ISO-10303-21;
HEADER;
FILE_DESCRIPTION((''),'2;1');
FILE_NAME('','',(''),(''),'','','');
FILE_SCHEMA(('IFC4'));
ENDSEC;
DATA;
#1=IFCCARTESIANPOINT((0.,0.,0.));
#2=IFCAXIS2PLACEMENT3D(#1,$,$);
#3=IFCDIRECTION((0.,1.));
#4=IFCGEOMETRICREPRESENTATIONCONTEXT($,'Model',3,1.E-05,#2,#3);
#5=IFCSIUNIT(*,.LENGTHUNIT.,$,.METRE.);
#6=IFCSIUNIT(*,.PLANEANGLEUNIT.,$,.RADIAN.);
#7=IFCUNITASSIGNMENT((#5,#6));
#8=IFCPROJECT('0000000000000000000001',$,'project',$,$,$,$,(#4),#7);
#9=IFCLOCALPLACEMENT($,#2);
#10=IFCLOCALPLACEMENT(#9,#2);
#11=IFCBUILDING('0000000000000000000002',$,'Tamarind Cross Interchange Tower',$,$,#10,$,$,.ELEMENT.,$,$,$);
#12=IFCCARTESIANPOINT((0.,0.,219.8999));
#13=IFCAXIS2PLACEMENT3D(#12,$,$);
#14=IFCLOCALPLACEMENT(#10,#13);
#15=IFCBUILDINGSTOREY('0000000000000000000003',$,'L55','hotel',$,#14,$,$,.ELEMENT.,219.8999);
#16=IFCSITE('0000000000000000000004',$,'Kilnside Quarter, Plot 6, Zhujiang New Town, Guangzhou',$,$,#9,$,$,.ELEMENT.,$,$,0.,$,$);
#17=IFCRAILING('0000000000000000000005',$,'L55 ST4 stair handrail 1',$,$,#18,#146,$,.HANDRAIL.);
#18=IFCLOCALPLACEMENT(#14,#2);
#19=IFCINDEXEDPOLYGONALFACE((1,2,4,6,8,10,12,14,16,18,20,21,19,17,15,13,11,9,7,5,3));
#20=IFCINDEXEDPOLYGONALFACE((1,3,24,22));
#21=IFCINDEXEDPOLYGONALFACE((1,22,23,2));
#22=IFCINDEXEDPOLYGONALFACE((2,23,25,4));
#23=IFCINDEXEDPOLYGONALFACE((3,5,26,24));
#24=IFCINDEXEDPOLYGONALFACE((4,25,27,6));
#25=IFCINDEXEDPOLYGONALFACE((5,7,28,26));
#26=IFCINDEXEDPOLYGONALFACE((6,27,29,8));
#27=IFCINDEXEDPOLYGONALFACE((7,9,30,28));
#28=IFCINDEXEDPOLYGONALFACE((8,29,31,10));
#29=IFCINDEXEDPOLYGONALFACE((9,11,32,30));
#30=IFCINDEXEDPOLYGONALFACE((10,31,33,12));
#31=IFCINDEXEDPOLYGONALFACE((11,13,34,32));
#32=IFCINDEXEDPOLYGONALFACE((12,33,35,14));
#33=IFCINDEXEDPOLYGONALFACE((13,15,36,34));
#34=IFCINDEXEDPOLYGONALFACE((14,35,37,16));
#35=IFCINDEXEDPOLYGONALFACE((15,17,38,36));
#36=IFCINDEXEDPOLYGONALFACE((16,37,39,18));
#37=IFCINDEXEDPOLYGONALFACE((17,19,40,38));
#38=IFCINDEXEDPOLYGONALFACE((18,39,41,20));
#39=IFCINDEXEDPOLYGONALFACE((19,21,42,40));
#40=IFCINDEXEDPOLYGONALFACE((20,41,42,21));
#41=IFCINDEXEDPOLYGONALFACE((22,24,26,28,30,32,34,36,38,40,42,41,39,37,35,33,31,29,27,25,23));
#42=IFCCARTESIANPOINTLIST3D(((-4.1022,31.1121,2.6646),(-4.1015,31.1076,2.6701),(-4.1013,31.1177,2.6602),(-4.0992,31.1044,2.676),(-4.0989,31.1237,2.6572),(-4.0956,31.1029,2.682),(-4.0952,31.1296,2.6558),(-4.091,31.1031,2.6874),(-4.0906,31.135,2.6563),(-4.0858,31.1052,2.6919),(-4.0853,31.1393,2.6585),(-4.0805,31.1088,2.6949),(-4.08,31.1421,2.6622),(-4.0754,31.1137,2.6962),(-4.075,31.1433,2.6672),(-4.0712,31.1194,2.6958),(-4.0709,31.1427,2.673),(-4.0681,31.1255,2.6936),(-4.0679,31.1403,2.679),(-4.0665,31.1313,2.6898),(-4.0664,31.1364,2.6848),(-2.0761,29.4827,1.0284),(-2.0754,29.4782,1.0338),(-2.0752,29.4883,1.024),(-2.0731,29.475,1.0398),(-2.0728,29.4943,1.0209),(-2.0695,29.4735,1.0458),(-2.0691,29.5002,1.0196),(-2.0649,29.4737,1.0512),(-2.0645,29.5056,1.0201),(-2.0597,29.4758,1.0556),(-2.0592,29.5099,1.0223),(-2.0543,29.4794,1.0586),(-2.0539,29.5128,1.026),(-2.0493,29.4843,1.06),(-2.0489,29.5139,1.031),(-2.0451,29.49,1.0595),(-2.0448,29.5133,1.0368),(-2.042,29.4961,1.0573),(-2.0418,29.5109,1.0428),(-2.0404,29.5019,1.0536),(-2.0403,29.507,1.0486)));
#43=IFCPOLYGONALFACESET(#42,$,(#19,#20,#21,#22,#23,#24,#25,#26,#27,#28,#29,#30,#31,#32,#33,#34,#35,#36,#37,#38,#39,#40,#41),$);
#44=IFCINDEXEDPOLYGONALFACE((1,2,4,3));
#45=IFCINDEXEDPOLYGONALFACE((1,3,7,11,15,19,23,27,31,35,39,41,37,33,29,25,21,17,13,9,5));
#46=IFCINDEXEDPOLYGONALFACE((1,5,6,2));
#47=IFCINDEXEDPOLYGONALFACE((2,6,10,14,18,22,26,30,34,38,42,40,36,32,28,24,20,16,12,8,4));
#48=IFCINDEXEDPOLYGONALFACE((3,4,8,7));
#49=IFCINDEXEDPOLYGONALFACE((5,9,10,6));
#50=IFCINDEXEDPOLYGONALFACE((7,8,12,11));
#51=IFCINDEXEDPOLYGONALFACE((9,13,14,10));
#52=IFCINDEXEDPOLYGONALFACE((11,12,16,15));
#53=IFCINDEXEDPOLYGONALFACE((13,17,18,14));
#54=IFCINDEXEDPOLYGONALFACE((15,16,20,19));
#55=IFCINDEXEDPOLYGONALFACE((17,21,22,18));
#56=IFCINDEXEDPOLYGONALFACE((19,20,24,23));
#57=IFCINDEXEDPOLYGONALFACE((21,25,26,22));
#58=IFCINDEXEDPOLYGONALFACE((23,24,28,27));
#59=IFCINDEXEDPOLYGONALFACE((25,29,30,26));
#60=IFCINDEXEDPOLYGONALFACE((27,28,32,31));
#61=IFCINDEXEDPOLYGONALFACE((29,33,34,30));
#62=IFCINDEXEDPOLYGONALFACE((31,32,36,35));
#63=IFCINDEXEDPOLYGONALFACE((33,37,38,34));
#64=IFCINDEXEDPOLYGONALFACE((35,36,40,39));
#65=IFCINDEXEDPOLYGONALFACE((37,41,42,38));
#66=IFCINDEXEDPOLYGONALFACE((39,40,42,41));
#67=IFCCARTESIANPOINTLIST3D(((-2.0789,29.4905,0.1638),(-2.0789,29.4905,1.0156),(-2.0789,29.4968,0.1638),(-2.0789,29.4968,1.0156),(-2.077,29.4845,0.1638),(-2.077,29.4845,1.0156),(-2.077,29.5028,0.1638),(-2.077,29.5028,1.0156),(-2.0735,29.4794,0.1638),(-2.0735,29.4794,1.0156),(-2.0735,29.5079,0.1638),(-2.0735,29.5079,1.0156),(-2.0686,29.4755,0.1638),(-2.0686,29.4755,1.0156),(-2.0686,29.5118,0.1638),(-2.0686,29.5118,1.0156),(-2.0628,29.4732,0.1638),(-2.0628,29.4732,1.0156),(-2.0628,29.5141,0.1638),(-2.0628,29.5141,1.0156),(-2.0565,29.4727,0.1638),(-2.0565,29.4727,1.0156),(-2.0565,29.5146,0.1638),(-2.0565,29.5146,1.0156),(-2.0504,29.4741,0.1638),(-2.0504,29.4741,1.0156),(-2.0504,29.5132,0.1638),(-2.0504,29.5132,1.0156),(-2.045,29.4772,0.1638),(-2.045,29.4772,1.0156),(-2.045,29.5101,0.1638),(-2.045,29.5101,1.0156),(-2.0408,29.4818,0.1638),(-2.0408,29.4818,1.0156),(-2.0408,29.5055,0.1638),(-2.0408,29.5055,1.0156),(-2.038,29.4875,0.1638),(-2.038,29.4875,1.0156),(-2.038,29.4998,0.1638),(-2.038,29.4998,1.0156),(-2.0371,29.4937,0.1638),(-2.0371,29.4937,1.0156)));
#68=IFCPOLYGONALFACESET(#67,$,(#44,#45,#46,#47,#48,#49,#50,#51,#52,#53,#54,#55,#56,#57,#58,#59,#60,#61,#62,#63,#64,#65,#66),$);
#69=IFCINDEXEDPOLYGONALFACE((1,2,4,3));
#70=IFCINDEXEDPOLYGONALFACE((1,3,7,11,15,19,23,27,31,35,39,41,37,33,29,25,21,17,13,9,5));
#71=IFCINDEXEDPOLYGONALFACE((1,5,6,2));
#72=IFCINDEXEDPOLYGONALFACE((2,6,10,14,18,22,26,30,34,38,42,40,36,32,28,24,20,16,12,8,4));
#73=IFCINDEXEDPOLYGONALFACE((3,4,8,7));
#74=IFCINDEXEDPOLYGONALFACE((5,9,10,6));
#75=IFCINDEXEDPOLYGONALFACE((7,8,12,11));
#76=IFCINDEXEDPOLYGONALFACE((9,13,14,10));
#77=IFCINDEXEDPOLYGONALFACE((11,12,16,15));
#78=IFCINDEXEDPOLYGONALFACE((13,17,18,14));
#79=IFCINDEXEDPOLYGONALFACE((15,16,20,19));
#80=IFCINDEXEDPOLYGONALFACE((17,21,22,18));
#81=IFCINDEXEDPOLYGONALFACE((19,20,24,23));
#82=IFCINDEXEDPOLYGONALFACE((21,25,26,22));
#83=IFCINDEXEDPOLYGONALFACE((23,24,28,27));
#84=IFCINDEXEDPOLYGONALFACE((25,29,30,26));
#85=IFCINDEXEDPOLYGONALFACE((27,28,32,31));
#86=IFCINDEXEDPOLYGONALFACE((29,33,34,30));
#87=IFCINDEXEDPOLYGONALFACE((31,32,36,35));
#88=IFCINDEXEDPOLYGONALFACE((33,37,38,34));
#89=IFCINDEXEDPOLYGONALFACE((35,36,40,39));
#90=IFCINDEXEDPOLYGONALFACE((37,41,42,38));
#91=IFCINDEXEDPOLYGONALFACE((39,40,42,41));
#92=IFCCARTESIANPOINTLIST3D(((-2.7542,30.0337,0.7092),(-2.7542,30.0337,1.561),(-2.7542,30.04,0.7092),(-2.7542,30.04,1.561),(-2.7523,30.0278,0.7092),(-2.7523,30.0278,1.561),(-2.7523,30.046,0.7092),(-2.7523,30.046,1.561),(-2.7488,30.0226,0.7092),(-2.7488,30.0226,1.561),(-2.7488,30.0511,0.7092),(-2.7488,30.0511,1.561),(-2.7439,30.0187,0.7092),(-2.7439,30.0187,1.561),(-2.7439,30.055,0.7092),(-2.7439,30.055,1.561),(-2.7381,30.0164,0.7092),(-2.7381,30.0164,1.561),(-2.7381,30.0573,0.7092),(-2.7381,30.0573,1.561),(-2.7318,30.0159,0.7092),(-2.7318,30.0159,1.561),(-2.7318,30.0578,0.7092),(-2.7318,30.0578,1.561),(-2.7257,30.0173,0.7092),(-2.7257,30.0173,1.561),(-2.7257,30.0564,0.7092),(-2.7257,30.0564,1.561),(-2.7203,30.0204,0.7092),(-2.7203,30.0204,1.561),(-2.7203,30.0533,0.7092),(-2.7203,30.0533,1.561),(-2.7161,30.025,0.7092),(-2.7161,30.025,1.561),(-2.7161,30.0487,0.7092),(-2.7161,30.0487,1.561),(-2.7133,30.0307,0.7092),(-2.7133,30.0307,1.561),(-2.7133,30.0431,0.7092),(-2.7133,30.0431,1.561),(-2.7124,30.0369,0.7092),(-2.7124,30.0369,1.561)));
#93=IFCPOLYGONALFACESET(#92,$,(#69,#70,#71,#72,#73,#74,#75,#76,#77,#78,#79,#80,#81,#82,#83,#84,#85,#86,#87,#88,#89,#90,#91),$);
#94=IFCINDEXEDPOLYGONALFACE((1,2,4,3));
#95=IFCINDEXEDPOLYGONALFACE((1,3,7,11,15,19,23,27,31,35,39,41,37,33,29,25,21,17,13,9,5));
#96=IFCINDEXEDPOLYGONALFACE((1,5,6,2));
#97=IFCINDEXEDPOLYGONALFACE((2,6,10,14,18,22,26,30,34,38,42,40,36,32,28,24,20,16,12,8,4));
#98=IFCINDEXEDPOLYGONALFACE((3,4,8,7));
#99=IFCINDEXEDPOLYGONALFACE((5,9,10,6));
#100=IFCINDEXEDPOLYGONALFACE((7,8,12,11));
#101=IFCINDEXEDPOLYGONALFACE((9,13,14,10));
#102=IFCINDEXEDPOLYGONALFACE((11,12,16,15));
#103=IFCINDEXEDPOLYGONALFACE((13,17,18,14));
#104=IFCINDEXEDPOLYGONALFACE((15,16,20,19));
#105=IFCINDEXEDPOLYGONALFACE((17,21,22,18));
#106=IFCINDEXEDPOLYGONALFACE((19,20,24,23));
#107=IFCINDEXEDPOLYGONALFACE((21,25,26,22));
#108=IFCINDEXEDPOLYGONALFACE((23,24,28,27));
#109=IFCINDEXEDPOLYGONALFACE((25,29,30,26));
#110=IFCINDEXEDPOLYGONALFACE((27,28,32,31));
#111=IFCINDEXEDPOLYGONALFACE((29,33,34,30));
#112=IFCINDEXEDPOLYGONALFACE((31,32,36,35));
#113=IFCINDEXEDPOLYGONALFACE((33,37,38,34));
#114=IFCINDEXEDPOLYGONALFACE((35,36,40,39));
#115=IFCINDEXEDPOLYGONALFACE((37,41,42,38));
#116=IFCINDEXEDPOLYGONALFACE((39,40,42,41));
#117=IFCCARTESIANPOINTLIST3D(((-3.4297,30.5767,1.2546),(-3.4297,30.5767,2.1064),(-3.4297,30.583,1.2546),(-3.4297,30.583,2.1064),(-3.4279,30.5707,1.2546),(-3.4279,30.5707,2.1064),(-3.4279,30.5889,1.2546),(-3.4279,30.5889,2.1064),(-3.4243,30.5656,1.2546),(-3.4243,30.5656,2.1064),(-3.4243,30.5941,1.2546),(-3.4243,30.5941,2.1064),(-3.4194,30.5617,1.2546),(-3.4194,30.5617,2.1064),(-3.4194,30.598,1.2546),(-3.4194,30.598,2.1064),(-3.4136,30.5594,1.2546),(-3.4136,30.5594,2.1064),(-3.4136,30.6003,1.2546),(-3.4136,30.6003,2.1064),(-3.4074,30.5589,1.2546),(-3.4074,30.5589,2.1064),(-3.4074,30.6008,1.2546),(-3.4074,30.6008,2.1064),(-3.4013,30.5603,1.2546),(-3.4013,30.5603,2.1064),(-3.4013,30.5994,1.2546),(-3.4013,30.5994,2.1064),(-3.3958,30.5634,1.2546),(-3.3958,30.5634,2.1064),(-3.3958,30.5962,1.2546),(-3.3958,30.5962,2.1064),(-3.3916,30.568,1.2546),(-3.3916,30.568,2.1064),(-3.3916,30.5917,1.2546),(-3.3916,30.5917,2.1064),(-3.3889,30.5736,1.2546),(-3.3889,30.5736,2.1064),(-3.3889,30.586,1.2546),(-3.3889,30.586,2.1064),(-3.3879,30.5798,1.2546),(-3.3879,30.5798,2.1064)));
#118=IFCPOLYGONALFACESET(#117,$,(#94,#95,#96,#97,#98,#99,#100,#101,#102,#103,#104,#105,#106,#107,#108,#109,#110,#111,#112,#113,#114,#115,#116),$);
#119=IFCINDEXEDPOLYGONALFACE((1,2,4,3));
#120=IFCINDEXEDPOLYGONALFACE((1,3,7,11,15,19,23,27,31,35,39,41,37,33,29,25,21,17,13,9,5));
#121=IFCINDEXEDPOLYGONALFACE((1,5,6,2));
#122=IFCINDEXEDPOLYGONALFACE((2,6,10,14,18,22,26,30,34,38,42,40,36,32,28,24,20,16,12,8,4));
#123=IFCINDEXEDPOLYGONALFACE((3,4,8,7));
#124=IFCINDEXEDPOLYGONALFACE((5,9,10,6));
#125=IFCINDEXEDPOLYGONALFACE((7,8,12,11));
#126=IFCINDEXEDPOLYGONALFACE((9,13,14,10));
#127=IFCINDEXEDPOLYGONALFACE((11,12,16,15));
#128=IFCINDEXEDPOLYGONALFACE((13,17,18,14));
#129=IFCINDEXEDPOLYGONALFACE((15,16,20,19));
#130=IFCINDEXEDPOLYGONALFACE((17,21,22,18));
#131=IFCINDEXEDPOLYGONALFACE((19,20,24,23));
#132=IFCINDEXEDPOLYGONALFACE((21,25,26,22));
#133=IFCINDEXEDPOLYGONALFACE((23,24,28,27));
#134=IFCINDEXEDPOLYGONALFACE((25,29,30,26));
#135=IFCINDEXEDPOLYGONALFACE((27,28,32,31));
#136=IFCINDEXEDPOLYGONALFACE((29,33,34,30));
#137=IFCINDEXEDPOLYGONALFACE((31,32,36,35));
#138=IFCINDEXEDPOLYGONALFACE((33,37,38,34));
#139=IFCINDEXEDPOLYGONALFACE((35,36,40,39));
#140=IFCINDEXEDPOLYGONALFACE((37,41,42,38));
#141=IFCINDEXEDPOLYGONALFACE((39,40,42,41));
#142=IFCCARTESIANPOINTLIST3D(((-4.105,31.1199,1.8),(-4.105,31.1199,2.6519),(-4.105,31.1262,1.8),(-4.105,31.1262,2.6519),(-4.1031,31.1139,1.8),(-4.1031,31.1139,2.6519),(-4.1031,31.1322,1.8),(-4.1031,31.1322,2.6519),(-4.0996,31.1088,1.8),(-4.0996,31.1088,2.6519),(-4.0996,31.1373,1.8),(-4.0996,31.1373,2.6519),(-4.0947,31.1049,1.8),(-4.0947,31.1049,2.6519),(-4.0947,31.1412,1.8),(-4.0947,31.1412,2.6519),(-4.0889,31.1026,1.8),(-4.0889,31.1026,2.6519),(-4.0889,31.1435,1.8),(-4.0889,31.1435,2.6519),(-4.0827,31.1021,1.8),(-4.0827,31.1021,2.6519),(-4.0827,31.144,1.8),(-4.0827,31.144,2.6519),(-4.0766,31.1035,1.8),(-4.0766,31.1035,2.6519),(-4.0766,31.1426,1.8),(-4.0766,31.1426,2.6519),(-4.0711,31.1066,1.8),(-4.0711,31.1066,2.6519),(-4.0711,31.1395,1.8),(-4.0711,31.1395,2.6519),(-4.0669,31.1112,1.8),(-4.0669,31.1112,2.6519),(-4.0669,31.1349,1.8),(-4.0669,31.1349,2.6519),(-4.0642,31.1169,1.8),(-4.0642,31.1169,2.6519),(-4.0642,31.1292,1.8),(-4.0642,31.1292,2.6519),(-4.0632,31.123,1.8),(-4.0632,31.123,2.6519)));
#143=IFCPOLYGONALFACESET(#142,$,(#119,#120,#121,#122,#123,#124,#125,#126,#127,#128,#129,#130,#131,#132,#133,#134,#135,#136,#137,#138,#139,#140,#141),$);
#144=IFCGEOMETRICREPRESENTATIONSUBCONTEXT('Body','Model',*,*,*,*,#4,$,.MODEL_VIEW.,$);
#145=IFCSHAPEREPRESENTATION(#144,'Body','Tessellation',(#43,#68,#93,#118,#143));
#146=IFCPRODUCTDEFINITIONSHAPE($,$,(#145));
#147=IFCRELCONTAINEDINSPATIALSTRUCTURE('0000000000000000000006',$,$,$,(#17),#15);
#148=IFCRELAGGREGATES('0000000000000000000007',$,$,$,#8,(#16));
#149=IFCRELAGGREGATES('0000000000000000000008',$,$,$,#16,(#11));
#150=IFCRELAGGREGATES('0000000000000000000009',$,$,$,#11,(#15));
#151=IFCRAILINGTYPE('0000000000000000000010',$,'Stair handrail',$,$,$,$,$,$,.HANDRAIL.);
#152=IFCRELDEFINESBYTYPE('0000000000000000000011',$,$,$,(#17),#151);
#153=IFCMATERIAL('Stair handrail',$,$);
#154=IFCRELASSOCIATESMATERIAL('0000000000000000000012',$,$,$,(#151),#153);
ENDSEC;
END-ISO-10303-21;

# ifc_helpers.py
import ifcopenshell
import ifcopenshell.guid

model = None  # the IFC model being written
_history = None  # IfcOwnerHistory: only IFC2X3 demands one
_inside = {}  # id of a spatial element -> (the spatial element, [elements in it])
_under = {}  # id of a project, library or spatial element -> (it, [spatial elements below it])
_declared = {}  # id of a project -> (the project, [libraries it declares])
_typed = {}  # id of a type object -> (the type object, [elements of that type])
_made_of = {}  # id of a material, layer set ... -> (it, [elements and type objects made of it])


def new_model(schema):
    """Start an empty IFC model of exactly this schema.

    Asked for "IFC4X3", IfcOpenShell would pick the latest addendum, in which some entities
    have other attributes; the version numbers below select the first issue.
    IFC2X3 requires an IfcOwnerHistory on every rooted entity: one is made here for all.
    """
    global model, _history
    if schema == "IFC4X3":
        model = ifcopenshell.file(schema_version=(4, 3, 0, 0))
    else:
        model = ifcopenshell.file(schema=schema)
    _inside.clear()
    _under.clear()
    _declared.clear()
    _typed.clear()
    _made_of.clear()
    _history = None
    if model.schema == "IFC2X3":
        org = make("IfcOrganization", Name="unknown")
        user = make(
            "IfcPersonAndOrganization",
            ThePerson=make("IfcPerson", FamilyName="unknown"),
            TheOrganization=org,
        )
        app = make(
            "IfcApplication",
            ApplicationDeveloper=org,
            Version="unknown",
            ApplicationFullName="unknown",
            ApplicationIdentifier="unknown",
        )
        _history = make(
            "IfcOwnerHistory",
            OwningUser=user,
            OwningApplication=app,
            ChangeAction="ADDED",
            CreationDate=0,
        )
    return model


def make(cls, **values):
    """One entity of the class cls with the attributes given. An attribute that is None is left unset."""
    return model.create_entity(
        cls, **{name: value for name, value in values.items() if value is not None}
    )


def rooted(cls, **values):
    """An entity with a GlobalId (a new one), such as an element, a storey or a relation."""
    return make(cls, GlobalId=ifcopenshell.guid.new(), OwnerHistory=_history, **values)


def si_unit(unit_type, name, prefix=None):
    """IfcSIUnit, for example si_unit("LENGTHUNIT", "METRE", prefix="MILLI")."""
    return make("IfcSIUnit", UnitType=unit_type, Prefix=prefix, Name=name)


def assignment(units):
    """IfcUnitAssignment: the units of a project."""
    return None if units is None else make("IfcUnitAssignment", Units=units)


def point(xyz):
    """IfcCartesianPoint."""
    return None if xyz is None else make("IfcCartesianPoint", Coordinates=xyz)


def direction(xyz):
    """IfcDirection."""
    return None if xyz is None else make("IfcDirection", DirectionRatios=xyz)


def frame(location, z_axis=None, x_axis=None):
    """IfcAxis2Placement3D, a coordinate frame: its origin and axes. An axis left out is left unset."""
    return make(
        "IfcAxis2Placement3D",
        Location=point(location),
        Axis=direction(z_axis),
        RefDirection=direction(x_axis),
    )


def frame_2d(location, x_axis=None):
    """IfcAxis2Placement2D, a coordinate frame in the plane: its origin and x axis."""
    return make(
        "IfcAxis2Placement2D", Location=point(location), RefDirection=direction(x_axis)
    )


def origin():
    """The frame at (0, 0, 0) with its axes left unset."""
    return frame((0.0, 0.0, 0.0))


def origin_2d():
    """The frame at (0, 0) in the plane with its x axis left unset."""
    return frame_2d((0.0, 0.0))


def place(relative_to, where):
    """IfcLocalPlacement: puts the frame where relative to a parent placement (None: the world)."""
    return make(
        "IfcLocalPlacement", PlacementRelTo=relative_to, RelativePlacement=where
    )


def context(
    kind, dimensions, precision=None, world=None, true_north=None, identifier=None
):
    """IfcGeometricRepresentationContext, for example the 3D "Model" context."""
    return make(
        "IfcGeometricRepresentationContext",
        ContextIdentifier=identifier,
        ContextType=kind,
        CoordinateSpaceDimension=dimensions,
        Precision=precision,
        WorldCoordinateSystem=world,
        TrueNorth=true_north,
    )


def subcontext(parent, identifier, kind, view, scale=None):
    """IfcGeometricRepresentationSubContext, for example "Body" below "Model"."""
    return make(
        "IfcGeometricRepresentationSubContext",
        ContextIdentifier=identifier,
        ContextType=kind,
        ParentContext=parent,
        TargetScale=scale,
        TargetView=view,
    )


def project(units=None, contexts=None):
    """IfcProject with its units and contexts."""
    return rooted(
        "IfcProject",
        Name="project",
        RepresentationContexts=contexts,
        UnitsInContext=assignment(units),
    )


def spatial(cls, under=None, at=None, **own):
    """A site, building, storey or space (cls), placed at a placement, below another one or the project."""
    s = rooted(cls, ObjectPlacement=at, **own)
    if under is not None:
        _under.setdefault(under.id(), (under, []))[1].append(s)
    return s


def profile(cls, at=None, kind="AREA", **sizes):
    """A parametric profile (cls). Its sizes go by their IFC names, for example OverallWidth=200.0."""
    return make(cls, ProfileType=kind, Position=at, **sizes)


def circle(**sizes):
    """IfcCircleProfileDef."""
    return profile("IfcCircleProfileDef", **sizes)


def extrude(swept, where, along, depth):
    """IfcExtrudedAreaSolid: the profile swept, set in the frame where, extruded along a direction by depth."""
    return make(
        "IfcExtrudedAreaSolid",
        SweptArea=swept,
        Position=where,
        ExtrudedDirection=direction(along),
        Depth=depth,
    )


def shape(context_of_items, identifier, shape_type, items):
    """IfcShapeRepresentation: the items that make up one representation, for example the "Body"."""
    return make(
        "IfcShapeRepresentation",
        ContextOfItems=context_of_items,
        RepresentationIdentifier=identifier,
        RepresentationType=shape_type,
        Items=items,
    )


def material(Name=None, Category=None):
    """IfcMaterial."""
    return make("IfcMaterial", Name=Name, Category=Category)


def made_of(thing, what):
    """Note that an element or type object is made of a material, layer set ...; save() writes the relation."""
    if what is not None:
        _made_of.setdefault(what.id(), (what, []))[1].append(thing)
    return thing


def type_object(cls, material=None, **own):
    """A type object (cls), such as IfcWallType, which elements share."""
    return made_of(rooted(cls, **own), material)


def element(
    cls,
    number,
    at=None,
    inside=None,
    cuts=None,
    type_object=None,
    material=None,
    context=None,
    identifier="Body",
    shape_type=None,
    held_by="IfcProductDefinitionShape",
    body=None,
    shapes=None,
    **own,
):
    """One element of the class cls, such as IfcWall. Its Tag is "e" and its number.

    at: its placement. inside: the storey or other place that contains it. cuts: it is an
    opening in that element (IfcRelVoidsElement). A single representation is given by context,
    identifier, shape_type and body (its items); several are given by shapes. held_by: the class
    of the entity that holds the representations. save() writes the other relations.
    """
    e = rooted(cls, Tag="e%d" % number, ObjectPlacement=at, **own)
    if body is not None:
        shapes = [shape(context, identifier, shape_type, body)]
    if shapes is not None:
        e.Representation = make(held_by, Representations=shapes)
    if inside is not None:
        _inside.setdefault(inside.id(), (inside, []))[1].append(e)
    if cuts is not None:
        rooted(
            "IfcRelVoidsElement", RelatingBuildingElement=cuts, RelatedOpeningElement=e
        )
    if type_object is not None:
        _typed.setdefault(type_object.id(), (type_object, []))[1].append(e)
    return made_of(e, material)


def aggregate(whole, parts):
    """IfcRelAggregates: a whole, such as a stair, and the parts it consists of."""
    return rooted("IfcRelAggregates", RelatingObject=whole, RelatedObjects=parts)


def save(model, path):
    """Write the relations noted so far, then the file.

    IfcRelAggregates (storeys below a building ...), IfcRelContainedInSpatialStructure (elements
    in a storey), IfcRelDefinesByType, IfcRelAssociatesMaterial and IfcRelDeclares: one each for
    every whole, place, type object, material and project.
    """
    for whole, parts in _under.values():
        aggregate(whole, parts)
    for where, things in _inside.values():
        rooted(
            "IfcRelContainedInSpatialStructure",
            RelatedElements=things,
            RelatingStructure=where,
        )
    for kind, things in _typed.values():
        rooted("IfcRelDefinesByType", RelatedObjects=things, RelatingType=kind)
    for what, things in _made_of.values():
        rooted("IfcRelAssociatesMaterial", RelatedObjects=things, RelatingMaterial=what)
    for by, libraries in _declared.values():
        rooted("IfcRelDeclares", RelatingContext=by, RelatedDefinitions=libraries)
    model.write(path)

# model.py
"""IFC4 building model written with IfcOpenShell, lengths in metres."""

from ifc_helpers import new_model, si_unit, direction, frame, origin, origin_2d, place, context, subcontext, project, spatial, circle, extrude, material, type_object, element, save


model = new_model("IFC4")

# Units and contexts
model_context = context("Model", 3, precision=1e-05, world=origin(), true_north=direction((0.0, 1.0)))
body_context = subcontext(model_context, "Body", "Model", "MODEL_VIEW")
ifc_project = project(units=[si_unit("LENGTHUNIT", "METRE"), si_unit("PLANEANGLEUNIT", "RADIAN")], contexts=[model_context])

# Site, building, storey
site_placement = place(None, origin())
site = spatial("IfcSite", under=ifc_project, at=site_placement, Name="Kilnside Quarter, Plot 6, Zhujiang New Town, Guangzhou", CompositionType="ELEMENT", RefElevation=0.0)
building_placement = place(site_placement, origin())
building = spatial("IfcBuilding", under=site, at=building_placement, Name="Tamarind Cross Interchange Tower", CompositionType="ELEMENT")
storey_placement = place(building_placement, frame((0.0, 0.0, 219.8999)))
storey = spatial("IfcBuildingStorey", under=building, at=storey_placement, Name="L55", Description="hotel", CompositionType="ELEMENT", Elevation=219.8999)

# Railing
ifc_material_1 = material(Name="Stair handrail")
railing_type_1 = type_object("IfcRailingType", Name="Stair handrail", PredefinedType="HANDRAIL", material=ifc_material_1)
railing_1_placement = place(storey_placement, frame((-2.0581, 29.4937, 0.1638)))
element("IfcRailing", 1, at=railing_1_placement, inside=storey, type_object=railing_type_1, Name="L55 ST4 stair handrail 1", PredefinedType="HANDRAIL", context=body_context, shape_type="SweptSolid", body=[
    extrude(circle(Radius=0.0239, at=origin_2d()), frame((0.0, 0.0, 0.876), z_axis=(-0.659539, 0.530397, 0.532622), x_axis=(-0.626686, -0.779272, 0.0)), (0.0, 0.0, 1.0), 3.072),
    extrude(circle(Radius=0.021, at=origin_2d()), origin(), (0.0, 0.0, 1.0), 0.8518),
    extrude(circle(Radius=0.021, at=origin_2d()), frame((-0.6753, 0.5432, 0.5454)), (0.0, 0.0, 1.0), 0.8518),
    extrude(circle(Radius=0.021, at=origin_2d()), frame((-1.3508, 1.0862, 1.0908)), (0.0, 0.0, 1.0), 0.8518),
    extrude(circle(Radius=0.021, at=origin_2d()), frame((-2.0261, 1.6294, 1.6362)), (0.0, 0.0, 1.0), 0.8518),
])

save(model, "model.ifc")
